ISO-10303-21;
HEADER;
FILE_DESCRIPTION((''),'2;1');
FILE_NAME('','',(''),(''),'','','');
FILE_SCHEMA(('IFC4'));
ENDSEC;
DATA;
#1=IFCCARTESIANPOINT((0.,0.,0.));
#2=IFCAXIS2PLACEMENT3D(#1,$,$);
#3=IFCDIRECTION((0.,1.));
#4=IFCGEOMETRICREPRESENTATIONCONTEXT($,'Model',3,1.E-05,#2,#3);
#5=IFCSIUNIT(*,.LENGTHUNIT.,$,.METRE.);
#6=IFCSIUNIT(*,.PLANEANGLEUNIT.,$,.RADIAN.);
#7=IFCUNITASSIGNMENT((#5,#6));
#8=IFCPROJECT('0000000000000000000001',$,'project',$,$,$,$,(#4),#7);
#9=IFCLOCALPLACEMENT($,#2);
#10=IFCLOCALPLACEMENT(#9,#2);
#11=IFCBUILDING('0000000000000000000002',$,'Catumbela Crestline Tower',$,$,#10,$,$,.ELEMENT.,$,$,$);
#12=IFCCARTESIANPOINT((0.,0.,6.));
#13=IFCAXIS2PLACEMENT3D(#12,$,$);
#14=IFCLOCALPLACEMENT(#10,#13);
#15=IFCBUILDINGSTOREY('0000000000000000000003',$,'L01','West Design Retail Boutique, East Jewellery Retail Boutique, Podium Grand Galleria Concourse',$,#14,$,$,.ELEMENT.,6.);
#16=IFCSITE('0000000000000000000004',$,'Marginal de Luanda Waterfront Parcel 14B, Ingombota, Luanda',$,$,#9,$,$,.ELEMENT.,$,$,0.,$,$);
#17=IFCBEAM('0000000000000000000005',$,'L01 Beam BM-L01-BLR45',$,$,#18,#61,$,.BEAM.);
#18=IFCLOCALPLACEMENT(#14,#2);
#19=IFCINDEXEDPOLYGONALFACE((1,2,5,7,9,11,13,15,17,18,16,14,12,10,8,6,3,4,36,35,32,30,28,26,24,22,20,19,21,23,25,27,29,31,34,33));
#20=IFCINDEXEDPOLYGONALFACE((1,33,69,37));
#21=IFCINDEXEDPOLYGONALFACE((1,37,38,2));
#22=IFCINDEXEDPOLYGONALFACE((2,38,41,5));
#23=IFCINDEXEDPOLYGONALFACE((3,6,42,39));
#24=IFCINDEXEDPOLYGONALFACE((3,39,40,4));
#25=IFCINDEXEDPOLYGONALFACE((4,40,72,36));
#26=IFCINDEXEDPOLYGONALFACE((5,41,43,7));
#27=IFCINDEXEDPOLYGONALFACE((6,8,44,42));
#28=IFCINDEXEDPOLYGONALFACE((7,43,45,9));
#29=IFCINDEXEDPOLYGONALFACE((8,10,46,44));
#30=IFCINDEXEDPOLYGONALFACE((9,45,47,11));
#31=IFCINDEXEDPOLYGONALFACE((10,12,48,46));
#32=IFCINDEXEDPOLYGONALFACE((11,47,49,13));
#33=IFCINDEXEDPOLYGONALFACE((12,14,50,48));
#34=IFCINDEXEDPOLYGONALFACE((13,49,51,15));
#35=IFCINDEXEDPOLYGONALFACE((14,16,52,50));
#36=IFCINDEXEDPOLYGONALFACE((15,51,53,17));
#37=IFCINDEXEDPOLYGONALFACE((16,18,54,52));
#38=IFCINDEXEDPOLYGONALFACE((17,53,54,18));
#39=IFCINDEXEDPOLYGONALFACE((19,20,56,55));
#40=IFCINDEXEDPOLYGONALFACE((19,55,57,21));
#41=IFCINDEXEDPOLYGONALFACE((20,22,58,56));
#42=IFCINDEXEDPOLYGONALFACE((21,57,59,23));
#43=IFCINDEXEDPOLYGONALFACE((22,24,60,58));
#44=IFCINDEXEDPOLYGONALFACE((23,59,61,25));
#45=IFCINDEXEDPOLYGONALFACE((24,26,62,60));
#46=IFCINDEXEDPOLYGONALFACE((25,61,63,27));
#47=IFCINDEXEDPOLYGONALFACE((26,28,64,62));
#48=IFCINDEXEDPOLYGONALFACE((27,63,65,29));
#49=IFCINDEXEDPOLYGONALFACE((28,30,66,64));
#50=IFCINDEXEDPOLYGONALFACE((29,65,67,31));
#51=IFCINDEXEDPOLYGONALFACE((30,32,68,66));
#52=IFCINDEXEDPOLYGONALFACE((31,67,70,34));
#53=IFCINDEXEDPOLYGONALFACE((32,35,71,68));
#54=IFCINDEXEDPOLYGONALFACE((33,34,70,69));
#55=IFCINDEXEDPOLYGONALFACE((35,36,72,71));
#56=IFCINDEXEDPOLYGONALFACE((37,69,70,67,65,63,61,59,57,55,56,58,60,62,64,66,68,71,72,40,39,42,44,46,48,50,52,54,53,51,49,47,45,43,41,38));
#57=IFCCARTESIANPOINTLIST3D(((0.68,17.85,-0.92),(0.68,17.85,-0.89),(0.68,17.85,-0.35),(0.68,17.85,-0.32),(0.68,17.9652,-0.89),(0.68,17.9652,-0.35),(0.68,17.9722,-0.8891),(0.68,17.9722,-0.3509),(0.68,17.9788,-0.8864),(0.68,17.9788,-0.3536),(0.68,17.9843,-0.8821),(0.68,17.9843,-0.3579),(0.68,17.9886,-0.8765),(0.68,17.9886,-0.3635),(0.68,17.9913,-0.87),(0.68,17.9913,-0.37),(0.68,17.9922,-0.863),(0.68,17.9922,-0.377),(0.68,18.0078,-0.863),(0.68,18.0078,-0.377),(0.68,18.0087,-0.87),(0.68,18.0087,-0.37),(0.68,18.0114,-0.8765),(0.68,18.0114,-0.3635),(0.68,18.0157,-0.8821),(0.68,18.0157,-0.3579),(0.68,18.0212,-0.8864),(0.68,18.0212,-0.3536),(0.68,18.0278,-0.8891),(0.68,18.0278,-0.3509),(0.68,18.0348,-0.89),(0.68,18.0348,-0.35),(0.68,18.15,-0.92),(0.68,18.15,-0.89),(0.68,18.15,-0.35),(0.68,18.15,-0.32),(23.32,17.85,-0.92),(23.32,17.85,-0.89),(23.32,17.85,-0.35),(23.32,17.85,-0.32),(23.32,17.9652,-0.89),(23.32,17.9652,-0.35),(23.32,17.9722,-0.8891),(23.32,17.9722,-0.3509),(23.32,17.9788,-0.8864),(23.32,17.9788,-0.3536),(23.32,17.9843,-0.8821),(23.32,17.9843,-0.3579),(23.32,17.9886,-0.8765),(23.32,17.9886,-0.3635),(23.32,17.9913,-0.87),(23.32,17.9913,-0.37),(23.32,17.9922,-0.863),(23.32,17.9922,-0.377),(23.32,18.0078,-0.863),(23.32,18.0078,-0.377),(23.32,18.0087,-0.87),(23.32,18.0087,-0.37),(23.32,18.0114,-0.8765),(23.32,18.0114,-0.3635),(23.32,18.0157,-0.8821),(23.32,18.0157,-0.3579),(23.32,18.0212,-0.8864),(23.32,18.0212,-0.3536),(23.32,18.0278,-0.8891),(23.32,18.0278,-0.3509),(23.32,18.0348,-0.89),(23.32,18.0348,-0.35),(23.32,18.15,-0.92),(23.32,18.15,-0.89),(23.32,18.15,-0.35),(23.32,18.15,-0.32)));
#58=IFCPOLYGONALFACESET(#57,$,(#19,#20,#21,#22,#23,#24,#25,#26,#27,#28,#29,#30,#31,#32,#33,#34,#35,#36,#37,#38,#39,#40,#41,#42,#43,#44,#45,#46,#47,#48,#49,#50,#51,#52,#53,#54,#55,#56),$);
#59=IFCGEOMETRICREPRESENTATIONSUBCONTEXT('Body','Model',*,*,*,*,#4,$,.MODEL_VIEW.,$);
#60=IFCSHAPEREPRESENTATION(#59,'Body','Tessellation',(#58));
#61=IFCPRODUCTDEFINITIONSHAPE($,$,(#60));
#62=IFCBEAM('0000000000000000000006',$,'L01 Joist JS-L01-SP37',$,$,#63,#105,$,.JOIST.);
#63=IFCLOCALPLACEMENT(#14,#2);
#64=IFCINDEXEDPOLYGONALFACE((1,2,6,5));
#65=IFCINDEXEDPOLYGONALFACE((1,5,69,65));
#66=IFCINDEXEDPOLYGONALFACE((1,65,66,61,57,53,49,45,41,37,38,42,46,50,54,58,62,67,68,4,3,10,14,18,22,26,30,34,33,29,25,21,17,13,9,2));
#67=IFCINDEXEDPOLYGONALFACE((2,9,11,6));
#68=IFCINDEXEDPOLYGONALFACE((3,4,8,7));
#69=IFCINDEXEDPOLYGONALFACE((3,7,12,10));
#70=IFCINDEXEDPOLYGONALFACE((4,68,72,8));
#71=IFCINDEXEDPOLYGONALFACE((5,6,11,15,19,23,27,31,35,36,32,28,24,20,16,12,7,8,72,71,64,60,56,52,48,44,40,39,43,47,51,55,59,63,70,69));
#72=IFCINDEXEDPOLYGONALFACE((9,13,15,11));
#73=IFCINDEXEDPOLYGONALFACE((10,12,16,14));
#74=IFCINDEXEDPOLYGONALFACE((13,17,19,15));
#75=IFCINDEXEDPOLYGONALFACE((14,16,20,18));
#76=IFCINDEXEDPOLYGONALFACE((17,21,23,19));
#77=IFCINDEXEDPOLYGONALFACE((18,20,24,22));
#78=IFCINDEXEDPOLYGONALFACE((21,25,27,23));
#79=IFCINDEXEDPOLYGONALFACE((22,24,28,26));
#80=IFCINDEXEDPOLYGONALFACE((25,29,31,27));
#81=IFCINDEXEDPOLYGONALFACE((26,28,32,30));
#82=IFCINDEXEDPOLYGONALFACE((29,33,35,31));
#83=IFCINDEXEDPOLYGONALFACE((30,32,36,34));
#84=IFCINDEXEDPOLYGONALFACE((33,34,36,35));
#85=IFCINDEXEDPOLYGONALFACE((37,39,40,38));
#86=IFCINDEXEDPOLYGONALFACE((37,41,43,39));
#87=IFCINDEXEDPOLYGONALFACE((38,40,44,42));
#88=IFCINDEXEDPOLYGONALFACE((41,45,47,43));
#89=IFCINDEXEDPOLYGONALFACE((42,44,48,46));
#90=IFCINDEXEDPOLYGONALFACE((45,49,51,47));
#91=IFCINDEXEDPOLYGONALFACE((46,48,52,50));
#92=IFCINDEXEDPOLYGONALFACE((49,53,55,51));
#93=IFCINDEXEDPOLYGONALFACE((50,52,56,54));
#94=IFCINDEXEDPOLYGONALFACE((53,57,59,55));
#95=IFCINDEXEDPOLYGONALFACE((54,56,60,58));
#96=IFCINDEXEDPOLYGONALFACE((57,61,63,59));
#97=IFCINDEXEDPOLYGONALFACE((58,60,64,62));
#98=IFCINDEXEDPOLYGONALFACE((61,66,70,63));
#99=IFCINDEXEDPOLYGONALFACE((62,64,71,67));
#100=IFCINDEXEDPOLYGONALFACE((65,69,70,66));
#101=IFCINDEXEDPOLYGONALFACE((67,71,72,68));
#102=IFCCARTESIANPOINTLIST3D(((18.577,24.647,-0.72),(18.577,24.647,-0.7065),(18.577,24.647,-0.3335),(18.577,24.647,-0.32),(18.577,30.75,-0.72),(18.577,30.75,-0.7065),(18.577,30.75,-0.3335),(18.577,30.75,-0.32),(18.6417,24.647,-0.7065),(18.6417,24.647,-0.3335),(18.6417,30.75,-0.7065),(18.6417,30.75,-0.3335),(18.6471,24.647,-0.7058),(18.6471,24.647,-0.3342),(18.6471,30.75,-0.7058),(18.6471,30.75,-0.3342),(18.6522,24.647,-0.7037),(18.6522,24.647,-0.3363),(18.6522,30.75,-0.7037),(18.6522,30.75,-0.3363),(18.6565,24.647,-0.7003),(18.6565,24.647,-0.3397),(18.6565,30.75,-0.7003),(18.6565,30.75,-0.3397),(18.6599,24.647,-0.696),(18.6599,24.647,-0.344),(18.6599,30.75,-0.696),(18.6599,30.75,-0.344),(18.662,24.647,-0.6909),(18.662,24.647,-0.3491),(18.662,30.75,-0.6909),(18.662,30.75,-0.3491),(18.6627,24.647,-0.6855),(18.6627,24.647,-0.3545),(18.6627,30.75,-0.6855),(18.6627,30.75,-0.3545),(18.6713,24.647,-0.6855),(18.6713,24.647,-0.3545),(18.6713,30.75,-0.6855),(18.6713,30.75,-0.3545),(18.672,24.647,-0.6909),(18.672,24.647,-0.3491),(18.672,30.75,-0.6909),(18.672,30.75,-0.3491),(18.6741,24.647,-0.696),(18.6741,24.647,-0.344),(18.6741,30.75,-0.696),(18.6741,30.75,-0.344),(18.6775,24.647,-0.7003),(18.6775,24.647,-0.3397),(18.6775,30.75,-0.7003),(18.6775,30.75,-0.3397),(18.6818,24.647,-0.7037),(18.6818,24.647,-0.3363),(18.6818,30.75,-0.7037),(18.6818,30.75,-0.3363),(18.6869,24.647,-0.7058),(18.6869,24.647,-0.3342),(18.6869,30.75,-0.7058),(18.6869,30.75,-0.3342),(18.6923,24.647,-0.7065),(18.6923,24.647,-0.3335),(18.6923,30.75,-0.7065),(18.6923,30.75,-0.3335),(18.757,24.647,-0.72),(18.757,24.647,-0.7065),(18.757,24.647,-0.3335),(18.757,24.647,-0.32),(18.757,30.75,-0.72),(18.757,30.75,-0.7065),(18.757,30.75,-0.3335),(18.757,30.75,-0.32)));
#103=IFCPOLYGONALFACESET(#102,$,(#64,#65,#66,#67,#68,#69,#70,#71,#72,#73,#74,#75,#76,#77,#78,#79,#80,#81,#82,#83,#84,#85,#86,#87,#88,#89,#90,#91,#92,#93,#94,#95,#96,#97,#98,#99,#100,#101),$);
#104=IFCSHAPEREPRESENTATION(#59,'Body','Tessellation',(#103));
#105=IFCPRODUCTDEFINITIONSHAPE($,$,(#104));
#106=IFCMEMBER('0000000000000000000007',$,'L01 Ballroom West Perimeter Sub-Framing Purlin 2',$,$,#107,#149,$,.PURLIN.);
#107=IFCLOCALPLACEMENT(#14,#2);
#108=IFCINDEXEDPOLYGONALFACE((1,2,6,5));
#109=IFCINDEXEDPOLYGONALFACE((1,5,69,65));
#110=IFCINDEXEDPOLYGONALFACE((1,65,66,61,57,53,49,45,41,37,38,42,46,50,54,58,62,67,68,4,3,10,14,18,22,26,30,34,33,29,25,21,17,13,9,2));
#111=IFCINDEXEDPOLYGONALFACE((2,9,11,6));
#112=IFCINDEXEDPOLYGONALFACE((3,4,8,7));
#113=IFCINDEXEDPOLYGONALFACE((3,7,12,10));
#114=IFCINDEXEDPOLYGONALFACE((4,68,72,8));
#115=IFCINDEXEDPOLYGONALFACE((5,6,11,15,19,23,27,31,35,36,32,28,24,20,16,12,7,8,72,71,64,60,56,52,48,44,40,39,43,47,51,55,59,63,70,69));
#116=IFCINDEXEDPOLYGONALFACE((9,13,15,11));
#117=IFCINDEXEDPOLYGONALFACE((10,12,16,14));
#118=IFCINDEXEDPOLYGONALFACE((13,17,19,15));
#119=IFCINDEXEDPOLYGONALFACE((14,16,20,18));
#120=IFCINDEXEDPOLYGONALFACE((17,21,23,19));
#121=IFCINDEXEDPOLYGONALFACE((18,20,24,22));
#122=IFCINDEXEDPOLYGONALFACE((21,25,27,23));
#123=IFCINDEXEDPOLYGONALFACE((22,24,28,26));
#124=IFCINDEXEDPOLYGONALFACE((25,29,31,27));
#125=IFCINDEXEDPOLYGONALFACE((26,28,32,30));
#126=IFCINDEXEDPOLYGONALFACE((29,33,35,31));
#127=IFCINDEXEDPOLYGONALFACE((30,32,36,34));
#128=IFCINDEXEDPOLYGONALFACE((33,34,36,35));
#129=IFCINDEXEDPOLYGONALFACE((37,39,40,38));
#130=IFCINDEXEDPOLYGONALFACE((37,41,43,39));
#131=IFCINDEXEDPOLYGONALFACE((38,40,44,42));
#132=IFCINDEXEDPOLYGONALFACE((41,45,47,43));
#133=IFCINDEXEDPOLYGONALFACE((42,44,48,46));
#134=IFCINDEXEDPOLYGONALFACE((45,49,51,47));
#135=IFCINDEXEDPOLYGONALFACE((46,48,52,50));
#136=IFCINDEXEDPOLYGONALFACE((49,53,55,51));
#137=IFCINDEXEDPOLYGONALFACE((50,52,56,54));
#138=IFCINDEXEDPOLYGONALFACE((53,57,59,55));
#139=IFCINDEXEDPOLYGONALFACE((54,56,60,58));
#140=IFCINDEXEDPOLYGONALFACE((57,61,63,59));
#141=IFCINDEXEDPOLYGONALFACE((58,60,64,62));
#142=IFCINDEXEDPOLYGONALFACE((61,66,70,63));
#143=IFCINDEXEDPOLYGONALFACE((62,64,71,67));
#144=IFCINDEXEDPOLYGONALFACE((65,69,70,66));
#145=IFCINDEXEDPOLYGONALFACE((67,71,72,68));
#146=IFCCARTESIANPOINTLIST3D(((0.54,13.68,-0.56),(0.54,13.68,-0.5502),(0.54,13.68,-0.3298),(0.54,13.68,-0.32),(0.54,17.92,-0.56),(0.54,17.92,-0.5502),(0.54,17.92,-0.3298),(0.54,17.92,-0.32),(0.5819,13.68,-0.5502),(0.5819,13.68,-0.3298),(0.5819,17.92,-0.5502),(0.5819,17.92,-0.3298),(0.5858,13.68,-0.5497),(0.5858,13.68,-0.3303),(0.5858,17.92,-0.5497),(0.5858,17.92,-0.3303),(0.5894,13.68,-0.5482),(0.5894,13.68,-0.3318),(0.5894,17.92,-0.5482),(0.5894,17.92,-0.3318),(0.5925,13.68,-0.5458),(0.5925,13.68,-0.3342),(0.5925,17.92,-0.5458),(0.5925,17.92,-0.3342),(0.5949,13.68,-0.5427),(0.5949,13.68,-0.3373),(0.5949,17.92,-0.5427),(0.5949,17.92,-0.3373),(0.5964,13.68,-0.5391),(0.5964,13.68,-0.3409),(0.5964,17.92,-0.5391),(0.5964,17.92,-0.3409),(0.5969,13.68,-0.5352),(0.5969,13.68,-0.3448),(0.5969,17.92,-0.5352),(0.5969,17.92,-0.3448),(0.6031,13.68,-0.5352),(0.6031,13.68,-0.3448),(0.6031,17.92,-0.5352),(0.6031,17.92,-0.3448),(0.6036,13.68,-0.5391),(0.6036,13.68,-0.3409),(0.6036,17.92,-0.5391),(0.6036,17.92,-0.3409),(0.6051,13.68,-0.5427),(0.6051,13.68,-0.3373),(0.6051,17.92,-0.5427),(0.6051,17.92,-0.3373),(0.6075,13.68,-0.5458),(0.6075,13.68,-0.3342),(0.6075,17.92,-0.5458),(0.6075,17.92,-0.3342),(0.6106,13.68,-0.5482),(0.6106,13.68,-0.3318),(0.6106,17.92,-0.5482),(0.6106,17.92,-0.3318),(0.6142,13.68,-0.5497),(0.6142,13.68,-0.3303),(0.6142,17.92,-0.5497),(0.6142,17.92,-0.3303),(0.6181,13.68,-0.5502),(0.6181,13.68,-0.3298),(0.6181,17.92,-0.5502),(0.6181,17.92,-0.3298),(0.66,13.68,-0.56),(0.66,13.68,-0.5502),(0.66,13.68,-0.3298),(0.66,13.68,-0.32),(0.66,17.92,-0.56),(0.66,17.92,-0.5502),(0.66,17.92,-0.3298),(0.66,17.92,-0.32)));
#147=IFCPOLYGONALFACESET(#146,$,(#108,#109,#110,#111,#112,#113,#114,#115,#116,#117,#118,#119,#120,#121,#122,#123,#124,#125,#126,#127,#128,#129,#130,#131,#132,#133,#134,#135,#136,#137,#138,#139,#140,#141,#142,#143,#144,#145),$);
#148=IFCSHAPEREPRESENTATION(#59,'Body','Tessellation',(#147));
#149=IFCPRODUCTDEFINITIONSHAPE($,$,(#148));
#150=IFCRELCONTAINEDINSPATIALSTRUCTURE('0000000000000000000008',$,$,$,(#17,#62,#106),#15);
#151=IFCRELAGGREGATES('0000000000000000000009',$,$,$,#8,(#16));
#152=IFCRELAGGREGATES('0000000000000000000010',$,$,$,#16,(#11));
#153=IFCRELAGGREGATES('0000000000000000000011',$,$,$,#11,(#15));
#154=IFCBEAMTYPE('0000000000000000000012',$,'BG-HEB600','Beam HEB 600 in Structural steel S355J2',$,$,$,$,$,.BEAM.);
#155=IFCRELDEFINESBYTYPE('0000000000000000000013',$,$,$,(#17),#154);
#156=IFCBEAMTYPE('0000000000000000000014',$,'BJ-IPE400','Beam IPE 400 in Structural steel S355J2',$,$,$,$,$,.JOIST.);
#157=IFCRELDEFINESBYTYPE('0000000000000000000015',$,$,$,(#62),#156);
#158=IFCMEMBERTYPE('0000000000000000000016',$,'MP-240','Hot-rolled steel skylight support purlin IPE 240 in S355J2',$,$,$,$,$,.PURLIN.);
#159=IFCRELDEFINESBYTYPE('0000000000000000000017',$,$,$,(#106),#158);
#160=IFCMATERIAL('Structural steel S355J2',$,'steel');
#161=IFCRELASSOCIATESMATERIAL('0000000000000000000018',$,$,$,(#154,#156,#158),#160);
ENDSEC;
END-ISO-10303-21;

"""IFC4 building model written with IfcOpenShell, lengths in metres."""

from ifc_helpers import new_model, si_unit, direction, frame, origin, origin_2d, place, context, subcontext, project, spatial, i_section, extrude, material, material_profile, profile_set, type_object, element, save


model = new_model("IFC4")

# Units and contexts
model_context = context("Model", 3, precision=1e-05, world=origin(), true_north=direction((0.0, 1.0)))
body_context = subcontext(model_context, "Body", "Model", "MODEL_VIEW")
ifc_project = project(units=[si_unit("LENGTHUNIT", "METRE"), si_unit("PLANEANGLEUNIT", "RADIAN")], contexts=[model_context])

# Site, building, storey
site_placement = place(None, origin())
site = spatial("IfcSite", under=ifc_project, at=site_placement, Name="Marginal de Luanda Waterfront Parcel 14B, Ingombota, Luanda", CompositionType="ELEMENT", RefElevation=0.0)
building_placement = place(site_placement, origin())
building = spatial("IfcBuilding", under=site, at=building_placement, Name="Catumbela Crestline Tower", CompositionType="ELEMENT")
storey_placement = place(building_placement, frame((0.0, 0.0, 6.0)))
storey = spatial("IfcBuildingStorey", under=building, at=storey_placement, Name="L01", Description="West Design Retail Boutique, East Jewellery Retail Boutique, Podium Grand Galleria Concourse", CompositionType="ELEMENT", Elevation=6.0)

# Beams
ifc_material_1 = material(Name="Structural steel S355J2", Category="steel")
ifc_material_profile_1 = material_profile(ifc_material_1, i_section(OverallWidth=0.3, OverallDepth=0.6, WebThickness=0.0155, FlangeThickness=0.03, FilletRadius=0.027, at=origin_2d()), Name="HEB 600")
ifc_profile_set_1 = profile_set([ifc_material_profile_1], Name="Structural steel S355J2")
beam_type_1 = type_object("IfcBeamType", Name="BG-HEB600", Description="Beam HEB 600 in Structural steel S355J2", PredefinedType="BEAM", material=ifc_profile_set_1)
for number, where, z_axis, x_axis, name in (
    (1, (0.68, 18.0, -0.62), (1.0, 0.0, 0.0), (0.0, 1.0, 0.0), "L01 Beam BM-L01-BLR45"),
):
    element("IfcBeam", number, at=place(storey_placement, frame(where, z_axis=z_axis, x_axis=x_axis)), inside=storey, type_object=beam_type_1, Name=name, PredefinedType="BEAM", context=body_context, shape_type="SweptSolid", body=[
        extrude(i_section(OverallWidth=0.3, OverallDepth=0.6, WebThickness=0.0155, FlangeThickness=0.03, FilletRadius=0.027, at=origin_2d()), origin(), (0.0, 0.0, 1.0), 22.64),
    ])
ifc_material_profile_2 = material_profile(ifc_material_1, i_section(OverallWidth=0.18, OverallDepth=0.4, WebThickness=0.0086, FlangeThickness=0.0135, FilletRadius=0.021, at=origin_2d()), Name="IPE 400")
ifc_profile_set_2 = profile_set([ifc_material_profile_2], Name="Structural steel S355J2")
beam_type_2 = type_object("IfcBeamType", Name="BJ-IPE400", Description="Beam IPE 400 in Structural steel S355J2", PredefinedType="JOIST", material=ifc_profile_set_2)
beam_1_placement = place(storey_placement, frame((18.667, 24.647, -0.52), z_axis=(0.0, 1.0, 0.0), x_axis=(-1.0, 0.0, 0.0)))
element("IfcBeam", 2, at=beam_1_placement, inside=storey, type_object=beam_type_2, Name="L01 Joist JS-L01-SP37", PredefinedType="JOIST", context=body_context, shape_type="SweptSolid", body=[
    extrude(i_section(OverallWidth=0.18, OverallDepth=0.4, WebThickness=0.0086, FlangeThickness=0.0135, FilletRadius=0.021, at=origin_2d()), origin(), (0.0, 0.0, 1.0), 6.103),
])

# Member
ifc_material_profile_3 = material_profile(ifc_material_1, i_section(OverallWidth=0.12, OverallDepth=0.24, WebThickness=0.0062, FlangeThickness=0.0098, FilletRadius=0.015, at=origin_2d()), Name="IPE 240")
ifc_profile_set_3 = profile_set([ifc_material_profile_3], Name="Structural steel S355J2")
member_type = type_object("IfcMemberType", Name="MP-240", Description="Hot-rolled steel skylight support purlin IPE 240 in S355J2", PredefinedType="PURLIN", material=ifc_profile_set_3)
member_placement = place(storey_placement, frame((0.6, 13.68, -0.44), z_axis=(0.0, 1.0, 0.0), x_axis=(-1.0, 0.0, 0.0)))
element("IfcMember", 3, at=member_placement, inside=storey, type_object=member_type, Name="L01 Ballroom West Perimeter Sub-Framing Purlin 2", PredefinedType="PURLIN", context=body_context, shape_type="SweptSolid", body=[
    extrude(i_section(OverallWidth=0.12, OverallDepth=0.24, WebThickness=0.0062, FlangeThickness=0.0098, FilletRadius=0.015, at=origin_2d()), origin(), (0.0, 0.0, 1.0), 4.24),
])

save(model, "model.ifc")
